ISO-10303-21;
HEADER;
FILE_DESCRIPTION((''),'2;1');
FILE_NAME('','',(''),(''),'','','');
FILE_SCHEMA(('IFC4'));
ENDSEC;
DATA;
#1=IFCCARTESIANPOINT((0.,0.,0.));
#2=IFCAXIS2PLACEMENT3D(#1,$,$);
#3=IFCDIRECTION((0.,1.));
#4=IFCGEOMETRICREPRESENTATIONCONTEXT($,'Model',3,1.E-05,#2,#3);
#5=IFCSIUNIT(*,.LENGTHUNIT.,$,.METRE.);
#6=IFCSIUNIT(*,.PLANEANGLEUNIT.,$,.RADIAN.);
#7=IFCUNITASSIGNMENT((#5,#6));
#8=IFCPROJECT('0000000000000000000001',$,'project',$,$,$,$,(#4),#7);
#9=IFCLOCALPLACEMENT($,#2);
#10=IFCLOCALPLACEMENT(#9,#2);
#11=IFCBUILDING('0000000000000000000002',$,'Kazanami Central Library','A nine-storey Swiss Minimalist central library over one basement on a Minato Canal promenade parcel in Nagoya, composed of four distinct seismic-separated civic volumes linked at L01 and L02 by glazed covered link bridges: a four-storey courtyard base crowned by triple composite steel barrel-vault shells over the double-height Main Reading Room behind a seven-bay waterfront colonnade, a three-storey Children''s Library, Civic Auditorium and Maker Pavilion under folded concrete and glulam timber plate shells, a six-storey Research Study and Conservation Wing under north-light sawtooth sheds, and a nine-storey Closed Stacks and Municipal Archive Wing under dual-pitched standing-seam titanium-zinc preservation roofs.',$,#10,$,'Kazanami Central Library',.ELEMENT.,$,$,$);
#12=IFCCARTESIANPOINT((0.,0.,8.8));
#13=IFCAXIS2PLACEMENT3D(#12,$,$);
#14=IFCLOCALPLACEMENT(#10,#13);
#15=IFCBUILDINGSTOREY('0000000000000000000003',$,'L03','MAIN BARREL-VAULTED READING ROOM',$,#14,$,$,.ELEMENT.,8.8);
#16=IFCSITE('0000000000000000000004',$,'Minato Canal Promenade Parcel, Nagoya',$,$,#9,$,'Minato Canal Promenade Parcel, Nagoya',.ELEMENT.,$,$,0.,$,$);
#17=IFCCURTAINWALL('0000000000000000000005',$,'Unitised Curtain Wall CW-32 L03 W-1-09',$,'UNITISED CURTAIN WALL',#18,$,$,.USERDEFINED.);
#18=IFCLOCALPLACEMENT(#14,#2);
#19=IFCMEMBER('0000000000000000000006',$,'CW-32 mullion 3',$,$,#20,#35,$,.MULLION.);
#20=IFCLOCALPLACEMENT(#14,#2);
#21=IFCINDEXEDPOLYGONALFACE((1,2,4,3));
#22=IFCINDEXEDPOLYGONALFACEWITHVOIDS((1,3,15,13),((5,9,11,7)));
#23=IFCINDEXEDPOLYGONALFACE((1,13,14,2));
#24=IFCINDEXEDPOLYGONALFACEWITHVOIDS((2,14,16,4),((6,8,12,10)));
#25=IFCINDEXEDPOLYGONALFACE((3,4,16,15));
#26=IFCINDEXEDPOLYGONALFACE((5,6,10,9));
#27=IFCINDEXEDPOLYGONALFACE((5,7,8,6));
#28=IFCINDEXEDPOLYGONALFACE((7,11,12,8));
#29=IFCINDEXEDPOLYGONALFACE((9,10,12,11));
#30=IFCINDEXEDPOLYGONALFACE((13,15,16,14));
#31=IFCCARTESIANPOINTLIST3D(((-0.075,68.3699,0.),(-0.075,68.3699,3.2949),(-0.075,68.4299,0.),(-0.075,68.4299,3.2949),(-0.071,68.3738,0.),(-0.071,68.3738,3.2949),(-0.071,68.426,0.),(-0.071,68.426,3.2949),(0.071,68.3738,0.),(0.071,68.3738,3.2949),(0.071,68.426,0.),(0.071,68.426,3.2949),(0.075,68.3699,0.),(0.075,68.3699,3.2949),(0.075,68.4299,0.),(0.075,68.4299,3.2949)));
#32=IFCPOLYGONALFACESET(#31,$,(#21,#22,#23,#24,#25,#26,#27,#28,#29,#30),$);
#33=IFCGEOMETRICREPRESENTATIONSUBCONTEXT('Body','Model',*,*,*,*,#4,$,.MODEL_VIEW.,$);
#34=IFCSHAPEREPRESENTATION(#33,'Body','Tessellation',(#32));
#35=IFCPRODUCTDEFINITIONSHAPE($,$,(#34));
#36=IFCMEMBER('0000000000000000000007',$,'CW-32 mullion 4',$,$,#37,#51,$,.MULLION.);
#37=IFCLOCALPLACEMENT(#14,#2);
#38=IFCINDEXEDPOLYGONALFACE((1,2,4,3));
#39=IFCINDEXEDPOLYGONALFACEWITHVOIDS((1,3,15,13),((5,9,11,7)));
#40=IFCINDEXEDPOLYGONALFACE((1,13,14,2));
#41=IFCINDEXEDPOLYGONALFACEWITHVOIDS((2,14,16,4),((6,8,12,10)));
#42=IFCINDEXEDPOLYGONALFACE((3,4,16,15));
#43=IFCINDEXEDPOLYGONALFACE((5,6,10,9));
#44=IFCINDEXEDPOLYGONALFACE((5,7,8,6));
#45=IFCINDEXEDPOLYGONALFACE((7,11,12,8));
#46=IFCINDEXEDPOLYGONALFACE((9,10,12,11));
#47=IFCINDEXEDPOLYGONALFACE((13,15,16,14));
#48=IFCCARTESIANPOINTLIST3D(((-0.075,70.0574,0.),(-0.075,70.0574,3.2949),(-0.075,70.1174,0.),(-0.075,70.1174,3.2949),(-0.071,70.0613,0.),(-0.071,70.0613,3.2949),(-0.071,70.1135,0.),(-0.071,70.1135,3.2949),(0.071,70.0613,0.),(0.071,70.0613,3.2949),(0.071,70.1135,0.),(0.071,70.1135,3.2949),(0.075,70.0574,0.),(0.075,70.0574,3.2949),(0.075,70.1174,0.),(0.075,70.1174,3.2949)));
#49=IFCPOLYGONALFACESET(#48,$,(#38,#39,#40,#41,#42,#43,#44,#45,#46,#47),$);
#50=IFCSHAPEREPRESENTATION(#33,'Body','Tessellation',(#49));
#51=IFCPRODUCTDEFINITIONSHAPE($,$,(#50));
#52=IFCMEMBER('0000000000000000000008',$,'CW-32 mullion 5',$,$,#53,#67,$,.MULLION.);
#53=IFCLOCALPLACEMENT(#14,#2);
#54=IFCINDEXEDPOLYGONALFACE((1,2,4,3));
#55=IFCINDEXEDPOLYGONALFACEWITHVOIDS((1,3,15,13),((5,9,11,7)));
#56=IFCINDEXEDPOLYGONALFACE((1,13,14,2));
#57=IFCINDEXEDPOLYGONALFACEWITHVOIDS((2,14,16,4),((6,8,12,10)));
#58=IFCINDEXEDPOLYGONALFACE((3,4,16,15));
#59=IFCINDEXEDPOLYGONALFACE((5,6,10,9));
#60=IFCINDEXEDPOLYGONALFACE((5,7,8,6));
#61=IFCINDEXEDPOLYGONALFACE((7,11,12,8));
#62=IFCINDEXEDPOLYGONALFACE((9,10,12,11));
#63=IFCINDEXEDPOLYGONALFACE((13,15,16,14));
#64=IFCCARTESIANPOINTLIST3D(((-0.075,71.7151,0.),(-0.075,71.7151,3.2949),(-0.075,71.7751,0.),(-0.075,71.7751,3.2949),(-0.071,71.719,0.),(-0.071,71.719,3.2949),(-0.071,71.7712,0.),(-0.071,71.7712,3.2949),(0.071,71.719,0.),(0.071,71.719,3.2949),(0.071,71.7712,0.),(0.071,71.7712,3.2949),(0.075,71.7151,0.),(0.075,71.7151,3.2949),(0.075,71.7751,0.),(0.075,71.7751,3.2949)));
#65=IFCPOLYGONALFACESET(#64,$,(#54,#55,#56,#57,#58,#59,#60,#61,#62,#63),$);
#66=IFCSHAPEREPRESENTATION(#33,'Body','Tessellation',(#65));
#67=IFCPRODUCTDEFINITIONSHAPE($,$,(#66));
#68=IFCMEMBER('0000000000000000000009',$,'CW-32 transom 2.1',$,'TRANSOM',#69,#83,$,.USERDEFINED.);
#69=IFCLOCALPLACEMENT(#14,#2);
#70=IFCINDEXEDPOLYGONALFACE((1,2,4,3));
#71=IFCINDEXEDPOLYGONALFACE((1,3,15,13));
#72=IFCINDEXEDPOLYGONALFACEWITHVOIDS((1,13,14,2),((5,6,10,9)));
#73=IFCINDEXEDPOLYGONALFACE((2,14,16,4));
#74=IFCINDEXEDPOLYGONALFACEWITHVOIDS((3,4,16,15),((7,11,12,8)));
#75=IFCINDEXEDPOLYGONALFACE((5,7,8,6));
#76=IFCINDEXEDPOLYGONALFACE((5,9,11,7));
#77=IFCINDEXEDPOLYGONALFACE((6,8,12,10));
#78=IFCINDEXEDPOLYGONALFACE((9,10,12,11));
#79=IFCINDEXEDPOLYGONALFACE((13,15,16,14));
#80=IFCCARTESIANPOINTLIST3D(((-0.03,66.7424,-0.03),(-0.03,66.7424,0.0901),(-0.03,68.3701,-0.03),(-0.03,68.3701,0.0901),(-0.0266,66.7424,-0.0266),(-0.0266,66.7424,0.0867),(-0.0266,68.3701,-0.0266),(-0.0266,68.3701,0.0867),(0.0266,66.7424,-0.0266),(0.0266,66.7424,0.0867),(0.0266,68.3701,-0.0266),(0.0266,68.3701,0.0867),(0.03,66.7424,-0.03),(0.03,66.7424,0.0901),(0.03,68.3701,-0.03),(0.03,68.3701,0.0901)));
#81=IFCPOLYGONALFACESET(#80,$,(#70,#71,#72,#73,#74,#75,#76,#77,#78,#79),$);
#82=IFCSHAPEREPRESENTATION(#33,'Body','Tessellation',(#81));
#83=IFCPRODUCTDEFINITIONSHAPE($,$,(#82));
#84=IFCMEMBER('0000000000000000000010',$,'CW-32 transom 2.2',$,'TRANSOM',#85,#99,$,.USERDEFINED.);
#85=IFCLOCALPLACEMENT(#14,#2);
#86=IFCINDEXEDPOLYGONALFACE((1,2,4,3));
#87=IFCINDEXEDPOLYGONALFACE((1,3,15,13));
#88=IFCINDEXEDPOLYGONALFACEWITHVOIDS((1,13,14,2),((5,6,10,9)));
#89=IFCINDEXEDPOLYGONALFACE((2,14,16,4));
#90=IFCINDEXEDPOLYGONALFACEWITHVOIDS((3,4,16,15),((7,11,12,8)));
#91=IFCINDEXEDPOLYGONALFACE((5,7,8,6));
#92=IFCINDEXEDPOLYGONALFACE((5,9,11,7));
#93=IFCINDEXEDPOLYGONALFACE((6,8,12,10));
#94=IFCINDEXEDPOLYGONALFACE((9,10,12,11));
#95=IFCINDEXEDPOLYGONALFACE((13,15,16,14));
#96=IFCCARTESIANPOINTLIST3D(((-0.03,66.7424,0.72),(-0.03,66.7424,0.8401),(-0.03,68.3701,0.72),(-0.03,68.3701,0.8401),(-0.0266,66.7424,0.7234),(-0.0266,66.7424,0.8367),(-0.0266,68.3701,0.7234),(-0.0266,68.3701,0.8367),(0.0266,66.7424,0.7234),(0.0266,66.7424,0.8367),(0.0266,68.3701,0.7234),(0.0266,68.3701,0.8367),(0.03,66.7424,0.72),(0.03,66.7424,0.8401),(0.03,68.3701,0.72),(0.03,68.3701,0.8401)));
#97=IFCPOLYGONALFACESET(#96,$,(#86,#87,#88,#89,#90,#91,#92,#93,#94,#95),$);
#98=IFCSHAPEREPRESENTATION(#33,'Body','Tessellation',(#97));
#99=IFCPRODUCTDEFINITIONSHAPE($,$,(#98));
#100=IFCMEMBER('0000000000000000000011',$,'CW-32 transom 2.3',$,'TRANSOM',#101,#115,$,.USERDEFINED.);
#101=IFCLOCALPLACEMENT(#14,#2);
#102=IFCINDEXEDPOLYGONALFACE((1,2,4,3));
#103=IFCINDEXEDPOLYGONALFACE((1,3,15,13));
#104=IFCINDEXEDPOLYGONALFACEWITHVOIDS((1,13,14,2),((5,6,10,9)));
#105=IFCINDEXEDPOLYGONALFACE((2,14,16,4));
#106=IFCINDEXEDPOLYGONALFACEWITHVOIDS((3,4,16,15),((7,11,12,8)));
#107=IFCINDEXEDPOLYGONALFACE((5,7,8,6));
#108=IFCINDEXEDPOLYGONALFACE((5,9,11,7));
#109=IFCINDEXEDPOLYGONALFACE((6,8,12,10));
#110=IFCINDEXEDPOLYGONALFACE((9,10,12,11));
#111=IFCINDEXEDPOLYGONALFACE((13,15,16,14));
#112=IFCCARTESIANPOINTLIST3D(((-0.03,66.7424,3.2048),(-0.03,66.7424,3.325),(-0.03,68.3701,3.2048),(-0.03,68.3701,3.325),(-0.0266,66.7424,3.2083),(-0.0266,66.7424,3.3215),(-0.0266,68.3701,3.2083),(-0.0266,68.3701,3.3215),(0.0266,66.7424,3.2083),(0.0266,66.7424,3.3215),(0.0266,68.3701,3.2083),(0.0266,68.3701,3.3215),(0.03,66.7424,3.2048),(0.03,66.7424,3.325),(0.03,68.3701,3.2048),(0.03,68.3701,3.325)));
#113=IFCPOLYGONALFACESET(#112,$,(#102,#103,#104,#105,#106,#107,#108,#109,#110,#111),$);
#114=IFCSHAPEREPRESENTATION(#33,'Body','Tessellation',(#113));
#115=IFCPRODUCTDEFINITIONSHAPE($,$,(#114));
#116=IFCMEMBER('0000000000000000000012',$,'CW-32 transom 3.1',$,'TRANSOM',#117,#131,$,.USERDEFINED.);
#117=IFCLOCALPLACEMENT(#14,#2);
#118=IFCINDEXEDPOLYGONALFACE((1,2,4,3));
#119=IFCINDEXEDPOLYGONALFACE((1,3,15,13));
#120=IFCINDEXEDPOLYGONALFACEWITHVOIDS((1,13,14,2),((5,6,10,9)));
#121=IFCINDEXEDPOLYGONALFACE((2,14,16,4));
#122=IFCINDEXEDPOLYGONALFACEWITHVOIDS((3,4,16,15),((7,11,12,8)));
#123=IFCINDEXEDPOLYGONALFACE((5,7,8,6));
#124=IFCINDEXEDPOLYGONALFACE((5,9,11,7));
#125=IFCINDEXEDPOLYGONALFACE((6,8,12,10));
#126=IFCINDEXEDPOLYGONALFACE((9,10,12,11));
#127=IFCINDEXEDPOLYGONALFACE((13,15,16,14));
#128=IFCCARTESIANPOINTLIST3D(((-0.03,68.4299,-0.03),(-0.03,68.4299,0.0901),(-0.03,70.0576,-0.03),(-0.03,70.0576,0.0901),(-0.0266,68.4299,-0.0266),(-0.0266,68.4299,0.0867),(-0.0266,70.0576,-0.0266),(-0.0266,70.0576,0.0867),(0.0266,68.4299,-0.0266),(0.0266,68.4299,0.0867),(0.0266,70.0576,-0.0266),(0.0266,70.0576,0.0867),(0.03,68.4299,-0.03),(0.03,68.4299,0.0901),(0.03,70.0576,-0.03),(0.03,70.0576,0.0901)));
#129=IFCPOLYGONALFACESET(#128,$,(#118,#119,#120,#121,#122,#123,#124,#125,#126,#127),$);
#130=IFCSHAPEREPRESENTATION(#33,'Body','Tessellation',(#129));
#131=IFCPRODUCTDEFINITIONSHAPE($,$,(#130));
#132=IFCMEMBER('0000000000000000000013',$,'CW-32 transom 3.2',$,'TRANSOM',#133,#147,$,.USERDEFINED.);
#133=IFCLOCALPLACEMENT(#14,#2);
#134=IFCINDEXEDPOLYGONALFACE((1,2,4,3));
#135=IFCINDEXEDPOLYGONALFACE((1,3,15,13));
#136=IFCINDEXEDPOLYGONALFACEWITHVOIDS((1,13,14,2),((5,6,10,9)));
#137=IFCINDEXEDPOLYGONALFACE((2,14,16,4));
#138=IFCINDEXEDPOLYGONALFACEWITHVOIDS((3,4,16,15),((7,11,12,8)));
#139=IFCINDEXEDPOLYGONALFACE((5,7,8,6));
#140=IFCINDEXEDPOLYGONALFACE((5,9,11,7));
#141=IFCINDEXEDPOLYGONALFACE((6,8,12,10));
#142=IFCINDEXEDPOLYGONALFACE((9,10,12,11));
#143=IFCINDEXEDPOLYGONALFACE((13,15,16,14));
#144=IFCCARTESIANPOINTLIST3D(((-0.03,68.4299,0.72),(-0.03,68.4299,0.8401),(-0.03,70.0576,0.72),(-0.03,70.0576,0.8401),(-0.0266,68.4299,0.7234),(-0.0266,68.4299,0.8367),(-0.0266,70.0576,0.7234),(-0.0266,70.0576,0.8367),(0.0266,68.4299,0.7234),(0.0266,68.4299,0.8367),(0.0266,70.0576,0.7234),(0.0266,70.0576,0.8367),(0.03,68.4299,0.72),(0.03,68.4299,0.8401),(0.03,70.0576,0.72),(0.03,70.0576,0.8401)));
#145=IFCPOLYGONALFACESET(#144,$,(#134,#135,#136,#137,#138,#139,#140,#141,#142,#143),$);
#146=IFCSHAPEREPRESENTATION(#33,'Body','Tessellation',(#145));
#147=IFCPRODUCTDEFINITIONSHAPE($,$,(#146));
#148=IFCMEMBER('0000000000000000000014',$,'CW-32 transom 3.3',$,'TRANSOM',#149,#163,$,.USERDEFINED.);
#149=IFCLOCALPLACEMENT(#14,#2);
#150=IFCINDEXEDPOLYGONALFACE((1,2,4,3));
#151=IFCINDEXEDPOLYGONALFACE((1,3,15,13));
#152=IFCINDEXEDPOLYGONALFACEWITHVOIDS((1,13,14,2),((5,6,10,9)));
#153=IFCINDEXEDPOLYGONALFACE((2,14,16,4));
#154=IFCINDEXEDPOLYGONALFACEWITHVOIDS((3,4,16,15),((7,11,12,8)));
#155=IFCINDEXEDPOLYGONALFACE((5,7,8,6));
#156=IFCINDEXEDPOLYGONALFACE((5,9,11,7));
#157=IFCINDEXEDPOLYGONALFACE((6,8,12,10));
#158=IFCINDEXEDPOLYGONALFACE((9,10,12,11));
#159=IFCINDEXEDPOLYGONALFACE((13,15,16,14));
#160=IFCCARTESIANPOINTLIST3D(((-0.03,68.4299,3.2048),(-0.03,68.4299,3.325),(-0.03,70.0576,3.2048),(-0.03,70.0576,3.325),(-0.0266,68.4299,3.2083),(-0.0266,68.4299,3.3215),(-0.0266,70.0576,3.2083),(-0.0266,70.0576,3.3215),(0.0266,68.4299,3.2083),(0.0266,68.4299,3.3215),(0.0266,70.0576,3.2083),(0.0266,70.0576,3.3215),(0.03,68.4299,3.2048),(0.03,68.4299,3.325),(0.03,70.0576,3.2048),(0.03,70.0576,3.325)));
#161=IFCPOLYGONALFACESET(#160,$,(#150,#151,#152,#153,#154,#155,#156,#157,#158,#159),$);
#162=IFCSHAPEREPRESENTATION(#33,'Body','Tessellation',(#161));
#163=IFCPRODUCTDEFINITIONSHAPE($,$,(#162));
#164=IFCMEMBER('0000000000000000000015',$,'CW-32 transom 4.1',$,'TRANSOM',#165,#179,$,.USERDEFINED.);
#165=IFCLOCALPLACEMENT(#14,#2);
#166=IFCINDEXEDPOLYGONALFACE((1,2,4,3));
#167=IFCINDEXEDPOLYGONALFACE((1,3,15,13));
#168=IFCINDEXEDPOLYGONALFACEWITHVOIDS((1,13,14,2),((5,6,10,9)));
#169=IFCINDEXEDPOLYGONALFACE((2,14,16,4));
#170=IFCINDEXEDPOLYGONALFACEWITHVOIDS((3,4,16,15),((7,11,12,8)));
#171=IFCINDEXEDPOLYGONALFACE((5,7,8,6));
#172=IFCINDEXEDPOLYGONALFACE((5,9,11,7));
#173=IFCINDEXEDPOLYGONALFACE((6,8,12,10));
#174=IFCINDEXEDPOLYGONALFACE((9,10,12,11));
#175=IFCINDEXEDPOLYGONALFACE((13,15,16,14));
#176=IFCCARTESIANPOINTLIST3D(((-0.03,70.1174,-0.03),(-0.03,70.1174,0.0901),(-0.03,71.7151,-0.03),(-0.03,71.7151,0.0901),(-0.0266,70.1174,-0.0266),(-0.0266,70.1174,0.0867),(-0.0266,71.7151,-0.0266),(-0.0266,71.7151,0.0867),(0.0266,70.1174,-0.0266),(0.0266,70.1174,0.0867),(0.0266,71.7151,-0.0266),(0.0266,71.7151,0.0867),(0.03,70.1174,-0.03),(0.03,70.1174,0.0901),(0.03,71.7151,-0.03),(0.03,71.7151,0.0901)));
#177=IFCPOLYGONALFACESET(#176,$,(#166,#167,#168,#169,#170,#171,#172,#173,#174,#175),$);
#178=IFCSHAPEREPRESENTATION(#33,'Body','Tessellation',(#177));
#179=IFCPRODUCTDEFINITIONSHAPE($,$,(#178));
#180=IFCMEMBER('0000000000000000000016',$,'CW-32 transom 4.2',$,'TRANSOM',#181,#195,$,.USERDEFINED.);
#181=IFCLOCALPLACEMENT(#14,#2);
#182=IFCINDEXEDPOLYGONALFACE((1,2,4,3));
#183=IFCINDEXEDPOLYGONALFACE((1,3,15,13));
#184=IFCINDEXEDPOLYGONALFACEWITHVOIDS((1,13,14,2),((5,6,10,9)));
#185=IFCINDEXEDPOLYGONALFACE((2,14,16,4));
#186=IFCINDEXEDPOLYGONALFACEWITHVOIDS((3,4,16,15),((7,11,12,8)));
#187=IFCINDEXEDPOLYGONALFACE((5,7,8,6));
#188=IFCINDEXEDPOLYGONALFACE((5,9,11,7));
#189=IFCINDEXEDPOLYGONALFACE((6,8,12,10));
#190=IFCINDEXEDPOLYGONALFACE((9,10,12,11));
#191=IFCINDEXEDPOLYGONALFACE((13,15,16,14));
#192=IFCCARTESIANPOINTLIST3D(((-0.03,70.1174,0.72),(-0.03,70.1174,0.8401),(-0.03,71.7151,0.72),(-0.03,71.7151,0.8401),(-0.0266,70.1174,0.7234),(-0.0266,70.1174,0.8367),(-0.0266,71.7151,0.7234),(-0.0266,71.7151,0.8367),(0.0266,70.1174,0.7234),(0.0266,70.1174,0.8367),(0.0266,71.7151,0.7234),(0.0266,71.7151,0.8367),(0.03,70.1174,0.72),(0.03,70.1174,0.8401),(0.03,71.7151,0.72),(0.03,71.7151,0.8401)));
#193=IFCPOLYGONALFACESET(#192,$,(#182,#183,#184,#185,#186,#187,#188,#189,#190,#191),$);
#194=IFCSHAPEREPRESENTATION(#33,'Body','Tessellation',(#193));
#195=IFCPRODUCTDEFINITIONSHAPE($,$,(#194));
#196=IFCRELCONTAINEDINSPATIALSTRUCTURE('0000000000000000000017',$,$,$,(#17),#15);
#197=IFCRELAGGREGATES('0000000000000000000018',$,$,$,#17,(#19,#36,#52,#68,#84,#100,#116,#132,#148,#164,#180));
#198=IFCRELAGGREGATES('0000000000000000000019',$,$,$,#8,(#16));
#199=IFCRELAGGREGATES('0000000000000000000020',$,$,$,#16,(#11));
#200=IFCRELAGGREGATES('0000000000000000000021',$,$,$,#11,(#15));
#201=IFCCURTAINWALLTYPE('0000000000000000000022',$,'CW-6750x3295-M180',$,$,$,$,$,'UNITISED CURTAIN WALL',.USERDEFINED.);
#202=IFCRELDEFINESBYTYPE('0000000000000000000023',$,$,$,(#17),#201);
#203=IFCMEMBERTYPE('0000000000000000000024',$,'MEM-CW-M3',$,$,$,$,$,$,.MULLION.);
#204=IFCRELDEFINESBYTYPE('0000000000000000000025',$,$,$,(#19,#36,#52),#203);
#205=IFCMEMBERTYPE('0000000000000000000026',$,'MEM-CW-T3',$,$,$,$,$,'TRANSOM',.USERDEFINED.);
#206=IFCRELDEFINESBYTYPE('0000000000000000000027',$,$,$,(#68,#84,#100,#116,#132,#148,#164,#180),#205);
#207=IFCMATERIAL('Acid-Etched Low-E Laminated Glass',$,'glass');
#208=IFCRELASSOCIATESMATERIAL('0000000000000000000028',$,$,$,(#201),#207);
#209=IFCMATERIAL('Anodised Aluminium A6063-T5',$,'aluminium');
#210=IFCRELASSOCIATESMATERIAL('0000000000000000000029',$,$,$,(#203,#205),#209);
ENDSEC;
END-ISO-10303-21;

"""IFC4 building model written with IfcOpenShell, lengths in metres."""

from ifc_helpers import new_model, si_unit, direction, frame, origin, origin_2d, place, context, subcontext, project, spatial, hollow_rectangle, extrude, material, material_profile, profile_set, type_object, element, aggregate, save


model = new_model("IFC4")

# Units and contexts
model_context = context("Model", 3, precision=1e-05, world=origin(), true_north=direction((0.0, 1.0)))
body_context = subcontext(model_context, "Body", "Model", "MODEL_VIEW")
ifc_project = project(units=[si_unit("LENGTHUNIT", "METRE"), si_unit("PLANEANGLEUNIT", "RADIAN")], contexts=[model_context])

# Site, building, storey
site_placement = place(None, origin())
site = spatial("IfcSite", under=ifc_project, at=site_placement, Name="Minato Canal Promenade Parcel, Nagoya", LongName="Minato Canal Promenade Parcel, Nagoya", CompositionType="ELEMENT", RefElevation=0.0)
building_placement = place(site_placement, origin())
building = spatial("IfcBuilding", under=site, at=building_placement, Name="Kazanami Central Library", Description="A nine-storey Swiss Minimalist central library over one basement on a Minato Canal promenade parcel in Nagoya, composed of four distinct seismic-separated civic volumes linked at L01 and L02 by glazed covered link bridges: a four-storey courtyard base crowned by triple composite steel barrel-vault shells over the double-height Main Reading Room behind a seven-bay waterfront colonnade, a three-storey Children's Library, Civic Auditorium and Maker Pavilion under folded concrete and glulam timber plate shells, a six-storey Research Study and Conservation Wing under north-light sawtooth sheds, and a nine-storey Closed Stacks and Municipal Archive Wing under dual-pitched standing-seam titanium-zinc preservation roofs.", LongName="Kazanami Central Library", CompositionType="ELEMENT")
storey_placement = place(building_placement, frame((0.0, 0.0, 8.8)))
storey = spatial("IfcBuildingStorey", under=building, at=storey_placement, Name="L03", Description="MAIN BARREL-VAULTED READING ROOM", CompositionType="ELEMENT", Elevation=8.8)

# Curtain wall, members
ifc_material_1 = material(Name="Acid-Etched Low-E Laminated Glass", Category="glass")
curtain_wall_type = type_object("IfcCurtainWallType", Name="CW-6750x3295-M180", ElementType="UNITISED CURTAIN WALL", PredefinedType="USERDEFINED", material=ifc_material_1)
curtain_wall_placement = place(storey_placement, origin())
curtain_wall = element("IfcCurtainWall", 1, at=curtain_wall_placement, inside=storey, type_object=curtain_wall_type, Name="Unitised Curtain Wall CW-32 L03 W-1-09", ObjectType="UNITISED CURTAIN WALL", PredefinedType="USERDEFINED")
ifc_material_2 = material(Name="Anodised Aluminium A6063-T5", Category="aluminium")
ifc_material_profile_1 = material_profile(ifc_material_2, hollow_rectangle(XDim=0.0601, YDim=0.1499, WallThickness=0.0039, at=origin_2d()), Name="ALU-MULL-60x150x4")
ifc_profile_set_1 = profile_set([ifc_material_profile_1], Name="Anodised Aluminium A6063-T5")
member_type_1 = type_object("IfcMemberType", Name="MEM-CW-M3", PredefinedType="MULLION", material=ifc_profile_set_1)
member_1_placement = place(storey_placement, frame((0.0, 68.3999, 0.0), z_axis=(0.0, 0.0, 1.0), x_axis=(0.0, 1.0, 0.0)))
member_1 = element("IfcMember", 2, at=member_1_placement, type_object=member_type_1, Name="CW-32 mullion 3", PredefinedType="MULLION", context=body_context, shape_type="SweptSolid", body=[
    extrude(hollow_rectangle(XDim=0.0601, YDim=0.1499, WallThickness=0.0039, at=origin_2d()), origin(), (0.0, 0.0, 1.0), 3.2949),
])
member_2_placement = place(storey_placement, frame((0.0, 70.0874, 0.0), z_axis=(0.0, 0.0, 1.0), x_axis=(0.0, 1.0, 0.0)))
member_2 = element("IfcMember", 3, at=member_2_placement, type_object=member_type_1, Name="CW-32 mullion 4", PredefinedType="MULLION", context=body_context, shape_type="SweptSolid", body=[
    extrude(hollow_rectangle(XDim=0.0601, YDim=0.1499, WallThickness=0.0039, at=origin_2d()), origin(), (0.0, 0.0, 1.0), 3.2949),
])
member_3_placement = place(storey_placement, frame((0.0, 71.7451, 0.0), z_axis=(0.0, 0.0, 1.0), x_axis=(0.0, 1.0, 0.0)))
member_3 = element("IfcMember", 4, at=member_3_placement, type_object=member_type_1, Name="CW-32 mullion 5", PredefinedType="MULLION", context=body_context, shape_type="SweptSolid", body=[
    extrude(hollow_rectangle(XDim=0.0601, YDim=0.1499, WallThickness=0.0039, at=origin_2d()), origin(), (0.0, 0.0, 1.0), 3.2949),
])
ifc_material_profile_2 = material_profile(ifc_material_2, hollow_rectangle(XDim=0.0601, YDim=0.1201, WallThickness=0.0034, at=origin_2d()), Name="ALU-TRAN-60x120x3.5")
ifc_profile_set_2 = profile_set([ifc_material_profile_2], Name="Anodised Aluminium A6063-T5")
member_type_2 = type_object("IfcMemberType", Name="MEM-CW-T3", ElementType="TRANSOM", PredefinedType="USERDEFINED", material=ifc_profile_set_2)
member_4_placement = place(storey_placement, frame((0.0, 66.7424, 0.03), z_axis=(0.0, 1.0, 0.0), x_axis=(-1.0, 0.0, 0.0)))
member_4 = element("IfcMember", 5, at=member_4_placement, type_object=member_type_2, Name="CW-32 transom 2.1", ObjectType="TRANSOM", PredefinedType="USERDEFINED", context=body_context, shape_type="SweptSolid", body=[
    extrude(hollow_rectangle(XDim=0.0601, YDim=0.1201, WallThickness=0.0034, at=origin_2d()), origin(), (0.0, 0.0, 1.0), 1.6277),
])
member_5_placement = place(storey_placement, frame((0.0, 66.7424, 0.78), z_axis=(0.0, 1.0, 0.0), x_axis=(-1.0, 0.0, 0.0)))
member_5 = element("IfcMember", 6, at=member_5_placement, type_object=member_type_2, Name="CW-32 transom 2.2", ObjectType="TRANSOM", PredefinedType="USERDEFINED", context=body_context, shape_type="SweptSolid", body=[
    extrude(hollow_rectangle(XDim=0.0601, YDim=0.1201, WallThickness=0.0034, at=origin_2d()), origin(), (0.0, 0.0, 1.0), 1.6277),
])
member_6_placement = place(storey_placement, frame((0.0, 66.7424, 3.2649), z_axis=(0.0, 1.0, 0.0), x_axis=(-1.0, 0.0, 0.0)))
member_6 = element("IfcMember", 7, at=member_6_placement, type_object=member_type_2, Name="CW-32 transom 2.3", ObjectType="TRANSOM", PredefinedType="USERDEFINED", context=body_context, shape_type="SweptSolid", body=[
    extrude(hollow_rectangle(XDim=0.0601, YDim=0.1201, WallThickness=0.0034, at=origin_2d()), origin(), (0.0, 0.0, 1.0), 1.6277),
])
member_7_placement = place(storey_placement, frame((0.0, 68.4299, 0.03), z_axis=(0.0, 1.0, 0.0), x_axis=(-1.0, 0.0, 0.0)))
member_7 = element("IfcMember", 8, at=member_7_placement, type_object=member_type_2, Name="CW-32 transom 3.1", ObjectType="TRANSOM", PredefinedType="USERDEFINED", context=body_context, shape_type="SweptSolid", body=[
    extrude(hollow_rectangle(XDim=0.0601, YDim=0.1201, WallThickness=0.0034, at=origin_2d()), origin(), (0.0, 0.0, 1.0), 1.6277),
])
member_8_placement = place(storey_placement, frame((0.0, 68.4299, 0.78), z_axis=(0.0, 1.0, 0.0), x_axis=(-1.0, 0.0, 0.0)))
member_8 = element("IfcMember", 9, at=member_8_placement, type_object=member_type_2, Name="CW-32 transom 3.2", ObjectType="TRANSOM", PredefinedType="USERDEFINED", context=body_context, shape_type="SweptSolid", body=[
    extrude(hollow_rectangle(XDim=0.0601, YDim=0.1201, WallThickness=0.0034, at=origin_2d()), origin(), (0.0, 0.0, 1.0), 1.6277),
])
member_9_placement = place(storey_placement, frame((0.0, 68.4299, 3.2649), z_axis=(0.0, 1.0, 0.0), x_axis=(-1.0, 0.0, 0.0)))
member_9 = element("IfcMember", 10, at=member_9_placement, type_object=member_type_2, Name="CW-32 transom 3.3", ObjectType="TRANSOM", PredefinedType="USERDEFINED", context=body_context, shape_type="SweptSolid", body=[
    extrude(hollow_rectangle(XDim=0.0601, YDim=0.1201, WallThickness=0.0034, at=origin_2d()), origin(), (0.0, 0.0, 1.0), 1.6277),
])
member_10_placement = place(storey_placement, frame((0.0, 70.1174, 0.03), z_axis=(0.0, 1.0, 0.0), x_axis=(-1.0, 0.0, 0.0)))
member_10 = element("IfcMember", 11, at=member_10_placement, type_object=member_type_2, Name="CW-32 transom 4.1", ObjectType="TRANSOM", PredefinedType="USERDEFINED", context=body_context, shape_type="SweptSolid", body=[
    extrude(hollow_rectangle(XDim=0.0601, YDim=0.1201, WallThickness=0.0034, at=origin_2d()), origin(), (0.0, 0.0, 1.0), 1.5977),
])
member_11_placement = place(storey_placement, frame((0.0, 70.1174, 0.78), z_axis=(0.0, 1.0, 0.0), x_axis=(-1.0, 0.0, 0.0)))
member_11 = element("IfcMember", 12, at=member_11_placement, type_object=member_type_2, Name="CW-32 transom 4.2", ObjectType="TRANSOM", PredefinedType="USERDEFINED", context=body_context, shape_type="SweptSolid", body=[
    extrude(hollow_rectangle(XDim=0.0601, YDim=0.1201, WallThickness=0.0034, at=origin_2d()), origin(), (0.0, 0.0, 1.0), 1.5977),
])
aggregate(curtain_wall, [member_1, member_2, member_3, member_4, member_5, member_6, member_7, member_8, member_9, member_10, member_11])

save(model, "model.ifc")
